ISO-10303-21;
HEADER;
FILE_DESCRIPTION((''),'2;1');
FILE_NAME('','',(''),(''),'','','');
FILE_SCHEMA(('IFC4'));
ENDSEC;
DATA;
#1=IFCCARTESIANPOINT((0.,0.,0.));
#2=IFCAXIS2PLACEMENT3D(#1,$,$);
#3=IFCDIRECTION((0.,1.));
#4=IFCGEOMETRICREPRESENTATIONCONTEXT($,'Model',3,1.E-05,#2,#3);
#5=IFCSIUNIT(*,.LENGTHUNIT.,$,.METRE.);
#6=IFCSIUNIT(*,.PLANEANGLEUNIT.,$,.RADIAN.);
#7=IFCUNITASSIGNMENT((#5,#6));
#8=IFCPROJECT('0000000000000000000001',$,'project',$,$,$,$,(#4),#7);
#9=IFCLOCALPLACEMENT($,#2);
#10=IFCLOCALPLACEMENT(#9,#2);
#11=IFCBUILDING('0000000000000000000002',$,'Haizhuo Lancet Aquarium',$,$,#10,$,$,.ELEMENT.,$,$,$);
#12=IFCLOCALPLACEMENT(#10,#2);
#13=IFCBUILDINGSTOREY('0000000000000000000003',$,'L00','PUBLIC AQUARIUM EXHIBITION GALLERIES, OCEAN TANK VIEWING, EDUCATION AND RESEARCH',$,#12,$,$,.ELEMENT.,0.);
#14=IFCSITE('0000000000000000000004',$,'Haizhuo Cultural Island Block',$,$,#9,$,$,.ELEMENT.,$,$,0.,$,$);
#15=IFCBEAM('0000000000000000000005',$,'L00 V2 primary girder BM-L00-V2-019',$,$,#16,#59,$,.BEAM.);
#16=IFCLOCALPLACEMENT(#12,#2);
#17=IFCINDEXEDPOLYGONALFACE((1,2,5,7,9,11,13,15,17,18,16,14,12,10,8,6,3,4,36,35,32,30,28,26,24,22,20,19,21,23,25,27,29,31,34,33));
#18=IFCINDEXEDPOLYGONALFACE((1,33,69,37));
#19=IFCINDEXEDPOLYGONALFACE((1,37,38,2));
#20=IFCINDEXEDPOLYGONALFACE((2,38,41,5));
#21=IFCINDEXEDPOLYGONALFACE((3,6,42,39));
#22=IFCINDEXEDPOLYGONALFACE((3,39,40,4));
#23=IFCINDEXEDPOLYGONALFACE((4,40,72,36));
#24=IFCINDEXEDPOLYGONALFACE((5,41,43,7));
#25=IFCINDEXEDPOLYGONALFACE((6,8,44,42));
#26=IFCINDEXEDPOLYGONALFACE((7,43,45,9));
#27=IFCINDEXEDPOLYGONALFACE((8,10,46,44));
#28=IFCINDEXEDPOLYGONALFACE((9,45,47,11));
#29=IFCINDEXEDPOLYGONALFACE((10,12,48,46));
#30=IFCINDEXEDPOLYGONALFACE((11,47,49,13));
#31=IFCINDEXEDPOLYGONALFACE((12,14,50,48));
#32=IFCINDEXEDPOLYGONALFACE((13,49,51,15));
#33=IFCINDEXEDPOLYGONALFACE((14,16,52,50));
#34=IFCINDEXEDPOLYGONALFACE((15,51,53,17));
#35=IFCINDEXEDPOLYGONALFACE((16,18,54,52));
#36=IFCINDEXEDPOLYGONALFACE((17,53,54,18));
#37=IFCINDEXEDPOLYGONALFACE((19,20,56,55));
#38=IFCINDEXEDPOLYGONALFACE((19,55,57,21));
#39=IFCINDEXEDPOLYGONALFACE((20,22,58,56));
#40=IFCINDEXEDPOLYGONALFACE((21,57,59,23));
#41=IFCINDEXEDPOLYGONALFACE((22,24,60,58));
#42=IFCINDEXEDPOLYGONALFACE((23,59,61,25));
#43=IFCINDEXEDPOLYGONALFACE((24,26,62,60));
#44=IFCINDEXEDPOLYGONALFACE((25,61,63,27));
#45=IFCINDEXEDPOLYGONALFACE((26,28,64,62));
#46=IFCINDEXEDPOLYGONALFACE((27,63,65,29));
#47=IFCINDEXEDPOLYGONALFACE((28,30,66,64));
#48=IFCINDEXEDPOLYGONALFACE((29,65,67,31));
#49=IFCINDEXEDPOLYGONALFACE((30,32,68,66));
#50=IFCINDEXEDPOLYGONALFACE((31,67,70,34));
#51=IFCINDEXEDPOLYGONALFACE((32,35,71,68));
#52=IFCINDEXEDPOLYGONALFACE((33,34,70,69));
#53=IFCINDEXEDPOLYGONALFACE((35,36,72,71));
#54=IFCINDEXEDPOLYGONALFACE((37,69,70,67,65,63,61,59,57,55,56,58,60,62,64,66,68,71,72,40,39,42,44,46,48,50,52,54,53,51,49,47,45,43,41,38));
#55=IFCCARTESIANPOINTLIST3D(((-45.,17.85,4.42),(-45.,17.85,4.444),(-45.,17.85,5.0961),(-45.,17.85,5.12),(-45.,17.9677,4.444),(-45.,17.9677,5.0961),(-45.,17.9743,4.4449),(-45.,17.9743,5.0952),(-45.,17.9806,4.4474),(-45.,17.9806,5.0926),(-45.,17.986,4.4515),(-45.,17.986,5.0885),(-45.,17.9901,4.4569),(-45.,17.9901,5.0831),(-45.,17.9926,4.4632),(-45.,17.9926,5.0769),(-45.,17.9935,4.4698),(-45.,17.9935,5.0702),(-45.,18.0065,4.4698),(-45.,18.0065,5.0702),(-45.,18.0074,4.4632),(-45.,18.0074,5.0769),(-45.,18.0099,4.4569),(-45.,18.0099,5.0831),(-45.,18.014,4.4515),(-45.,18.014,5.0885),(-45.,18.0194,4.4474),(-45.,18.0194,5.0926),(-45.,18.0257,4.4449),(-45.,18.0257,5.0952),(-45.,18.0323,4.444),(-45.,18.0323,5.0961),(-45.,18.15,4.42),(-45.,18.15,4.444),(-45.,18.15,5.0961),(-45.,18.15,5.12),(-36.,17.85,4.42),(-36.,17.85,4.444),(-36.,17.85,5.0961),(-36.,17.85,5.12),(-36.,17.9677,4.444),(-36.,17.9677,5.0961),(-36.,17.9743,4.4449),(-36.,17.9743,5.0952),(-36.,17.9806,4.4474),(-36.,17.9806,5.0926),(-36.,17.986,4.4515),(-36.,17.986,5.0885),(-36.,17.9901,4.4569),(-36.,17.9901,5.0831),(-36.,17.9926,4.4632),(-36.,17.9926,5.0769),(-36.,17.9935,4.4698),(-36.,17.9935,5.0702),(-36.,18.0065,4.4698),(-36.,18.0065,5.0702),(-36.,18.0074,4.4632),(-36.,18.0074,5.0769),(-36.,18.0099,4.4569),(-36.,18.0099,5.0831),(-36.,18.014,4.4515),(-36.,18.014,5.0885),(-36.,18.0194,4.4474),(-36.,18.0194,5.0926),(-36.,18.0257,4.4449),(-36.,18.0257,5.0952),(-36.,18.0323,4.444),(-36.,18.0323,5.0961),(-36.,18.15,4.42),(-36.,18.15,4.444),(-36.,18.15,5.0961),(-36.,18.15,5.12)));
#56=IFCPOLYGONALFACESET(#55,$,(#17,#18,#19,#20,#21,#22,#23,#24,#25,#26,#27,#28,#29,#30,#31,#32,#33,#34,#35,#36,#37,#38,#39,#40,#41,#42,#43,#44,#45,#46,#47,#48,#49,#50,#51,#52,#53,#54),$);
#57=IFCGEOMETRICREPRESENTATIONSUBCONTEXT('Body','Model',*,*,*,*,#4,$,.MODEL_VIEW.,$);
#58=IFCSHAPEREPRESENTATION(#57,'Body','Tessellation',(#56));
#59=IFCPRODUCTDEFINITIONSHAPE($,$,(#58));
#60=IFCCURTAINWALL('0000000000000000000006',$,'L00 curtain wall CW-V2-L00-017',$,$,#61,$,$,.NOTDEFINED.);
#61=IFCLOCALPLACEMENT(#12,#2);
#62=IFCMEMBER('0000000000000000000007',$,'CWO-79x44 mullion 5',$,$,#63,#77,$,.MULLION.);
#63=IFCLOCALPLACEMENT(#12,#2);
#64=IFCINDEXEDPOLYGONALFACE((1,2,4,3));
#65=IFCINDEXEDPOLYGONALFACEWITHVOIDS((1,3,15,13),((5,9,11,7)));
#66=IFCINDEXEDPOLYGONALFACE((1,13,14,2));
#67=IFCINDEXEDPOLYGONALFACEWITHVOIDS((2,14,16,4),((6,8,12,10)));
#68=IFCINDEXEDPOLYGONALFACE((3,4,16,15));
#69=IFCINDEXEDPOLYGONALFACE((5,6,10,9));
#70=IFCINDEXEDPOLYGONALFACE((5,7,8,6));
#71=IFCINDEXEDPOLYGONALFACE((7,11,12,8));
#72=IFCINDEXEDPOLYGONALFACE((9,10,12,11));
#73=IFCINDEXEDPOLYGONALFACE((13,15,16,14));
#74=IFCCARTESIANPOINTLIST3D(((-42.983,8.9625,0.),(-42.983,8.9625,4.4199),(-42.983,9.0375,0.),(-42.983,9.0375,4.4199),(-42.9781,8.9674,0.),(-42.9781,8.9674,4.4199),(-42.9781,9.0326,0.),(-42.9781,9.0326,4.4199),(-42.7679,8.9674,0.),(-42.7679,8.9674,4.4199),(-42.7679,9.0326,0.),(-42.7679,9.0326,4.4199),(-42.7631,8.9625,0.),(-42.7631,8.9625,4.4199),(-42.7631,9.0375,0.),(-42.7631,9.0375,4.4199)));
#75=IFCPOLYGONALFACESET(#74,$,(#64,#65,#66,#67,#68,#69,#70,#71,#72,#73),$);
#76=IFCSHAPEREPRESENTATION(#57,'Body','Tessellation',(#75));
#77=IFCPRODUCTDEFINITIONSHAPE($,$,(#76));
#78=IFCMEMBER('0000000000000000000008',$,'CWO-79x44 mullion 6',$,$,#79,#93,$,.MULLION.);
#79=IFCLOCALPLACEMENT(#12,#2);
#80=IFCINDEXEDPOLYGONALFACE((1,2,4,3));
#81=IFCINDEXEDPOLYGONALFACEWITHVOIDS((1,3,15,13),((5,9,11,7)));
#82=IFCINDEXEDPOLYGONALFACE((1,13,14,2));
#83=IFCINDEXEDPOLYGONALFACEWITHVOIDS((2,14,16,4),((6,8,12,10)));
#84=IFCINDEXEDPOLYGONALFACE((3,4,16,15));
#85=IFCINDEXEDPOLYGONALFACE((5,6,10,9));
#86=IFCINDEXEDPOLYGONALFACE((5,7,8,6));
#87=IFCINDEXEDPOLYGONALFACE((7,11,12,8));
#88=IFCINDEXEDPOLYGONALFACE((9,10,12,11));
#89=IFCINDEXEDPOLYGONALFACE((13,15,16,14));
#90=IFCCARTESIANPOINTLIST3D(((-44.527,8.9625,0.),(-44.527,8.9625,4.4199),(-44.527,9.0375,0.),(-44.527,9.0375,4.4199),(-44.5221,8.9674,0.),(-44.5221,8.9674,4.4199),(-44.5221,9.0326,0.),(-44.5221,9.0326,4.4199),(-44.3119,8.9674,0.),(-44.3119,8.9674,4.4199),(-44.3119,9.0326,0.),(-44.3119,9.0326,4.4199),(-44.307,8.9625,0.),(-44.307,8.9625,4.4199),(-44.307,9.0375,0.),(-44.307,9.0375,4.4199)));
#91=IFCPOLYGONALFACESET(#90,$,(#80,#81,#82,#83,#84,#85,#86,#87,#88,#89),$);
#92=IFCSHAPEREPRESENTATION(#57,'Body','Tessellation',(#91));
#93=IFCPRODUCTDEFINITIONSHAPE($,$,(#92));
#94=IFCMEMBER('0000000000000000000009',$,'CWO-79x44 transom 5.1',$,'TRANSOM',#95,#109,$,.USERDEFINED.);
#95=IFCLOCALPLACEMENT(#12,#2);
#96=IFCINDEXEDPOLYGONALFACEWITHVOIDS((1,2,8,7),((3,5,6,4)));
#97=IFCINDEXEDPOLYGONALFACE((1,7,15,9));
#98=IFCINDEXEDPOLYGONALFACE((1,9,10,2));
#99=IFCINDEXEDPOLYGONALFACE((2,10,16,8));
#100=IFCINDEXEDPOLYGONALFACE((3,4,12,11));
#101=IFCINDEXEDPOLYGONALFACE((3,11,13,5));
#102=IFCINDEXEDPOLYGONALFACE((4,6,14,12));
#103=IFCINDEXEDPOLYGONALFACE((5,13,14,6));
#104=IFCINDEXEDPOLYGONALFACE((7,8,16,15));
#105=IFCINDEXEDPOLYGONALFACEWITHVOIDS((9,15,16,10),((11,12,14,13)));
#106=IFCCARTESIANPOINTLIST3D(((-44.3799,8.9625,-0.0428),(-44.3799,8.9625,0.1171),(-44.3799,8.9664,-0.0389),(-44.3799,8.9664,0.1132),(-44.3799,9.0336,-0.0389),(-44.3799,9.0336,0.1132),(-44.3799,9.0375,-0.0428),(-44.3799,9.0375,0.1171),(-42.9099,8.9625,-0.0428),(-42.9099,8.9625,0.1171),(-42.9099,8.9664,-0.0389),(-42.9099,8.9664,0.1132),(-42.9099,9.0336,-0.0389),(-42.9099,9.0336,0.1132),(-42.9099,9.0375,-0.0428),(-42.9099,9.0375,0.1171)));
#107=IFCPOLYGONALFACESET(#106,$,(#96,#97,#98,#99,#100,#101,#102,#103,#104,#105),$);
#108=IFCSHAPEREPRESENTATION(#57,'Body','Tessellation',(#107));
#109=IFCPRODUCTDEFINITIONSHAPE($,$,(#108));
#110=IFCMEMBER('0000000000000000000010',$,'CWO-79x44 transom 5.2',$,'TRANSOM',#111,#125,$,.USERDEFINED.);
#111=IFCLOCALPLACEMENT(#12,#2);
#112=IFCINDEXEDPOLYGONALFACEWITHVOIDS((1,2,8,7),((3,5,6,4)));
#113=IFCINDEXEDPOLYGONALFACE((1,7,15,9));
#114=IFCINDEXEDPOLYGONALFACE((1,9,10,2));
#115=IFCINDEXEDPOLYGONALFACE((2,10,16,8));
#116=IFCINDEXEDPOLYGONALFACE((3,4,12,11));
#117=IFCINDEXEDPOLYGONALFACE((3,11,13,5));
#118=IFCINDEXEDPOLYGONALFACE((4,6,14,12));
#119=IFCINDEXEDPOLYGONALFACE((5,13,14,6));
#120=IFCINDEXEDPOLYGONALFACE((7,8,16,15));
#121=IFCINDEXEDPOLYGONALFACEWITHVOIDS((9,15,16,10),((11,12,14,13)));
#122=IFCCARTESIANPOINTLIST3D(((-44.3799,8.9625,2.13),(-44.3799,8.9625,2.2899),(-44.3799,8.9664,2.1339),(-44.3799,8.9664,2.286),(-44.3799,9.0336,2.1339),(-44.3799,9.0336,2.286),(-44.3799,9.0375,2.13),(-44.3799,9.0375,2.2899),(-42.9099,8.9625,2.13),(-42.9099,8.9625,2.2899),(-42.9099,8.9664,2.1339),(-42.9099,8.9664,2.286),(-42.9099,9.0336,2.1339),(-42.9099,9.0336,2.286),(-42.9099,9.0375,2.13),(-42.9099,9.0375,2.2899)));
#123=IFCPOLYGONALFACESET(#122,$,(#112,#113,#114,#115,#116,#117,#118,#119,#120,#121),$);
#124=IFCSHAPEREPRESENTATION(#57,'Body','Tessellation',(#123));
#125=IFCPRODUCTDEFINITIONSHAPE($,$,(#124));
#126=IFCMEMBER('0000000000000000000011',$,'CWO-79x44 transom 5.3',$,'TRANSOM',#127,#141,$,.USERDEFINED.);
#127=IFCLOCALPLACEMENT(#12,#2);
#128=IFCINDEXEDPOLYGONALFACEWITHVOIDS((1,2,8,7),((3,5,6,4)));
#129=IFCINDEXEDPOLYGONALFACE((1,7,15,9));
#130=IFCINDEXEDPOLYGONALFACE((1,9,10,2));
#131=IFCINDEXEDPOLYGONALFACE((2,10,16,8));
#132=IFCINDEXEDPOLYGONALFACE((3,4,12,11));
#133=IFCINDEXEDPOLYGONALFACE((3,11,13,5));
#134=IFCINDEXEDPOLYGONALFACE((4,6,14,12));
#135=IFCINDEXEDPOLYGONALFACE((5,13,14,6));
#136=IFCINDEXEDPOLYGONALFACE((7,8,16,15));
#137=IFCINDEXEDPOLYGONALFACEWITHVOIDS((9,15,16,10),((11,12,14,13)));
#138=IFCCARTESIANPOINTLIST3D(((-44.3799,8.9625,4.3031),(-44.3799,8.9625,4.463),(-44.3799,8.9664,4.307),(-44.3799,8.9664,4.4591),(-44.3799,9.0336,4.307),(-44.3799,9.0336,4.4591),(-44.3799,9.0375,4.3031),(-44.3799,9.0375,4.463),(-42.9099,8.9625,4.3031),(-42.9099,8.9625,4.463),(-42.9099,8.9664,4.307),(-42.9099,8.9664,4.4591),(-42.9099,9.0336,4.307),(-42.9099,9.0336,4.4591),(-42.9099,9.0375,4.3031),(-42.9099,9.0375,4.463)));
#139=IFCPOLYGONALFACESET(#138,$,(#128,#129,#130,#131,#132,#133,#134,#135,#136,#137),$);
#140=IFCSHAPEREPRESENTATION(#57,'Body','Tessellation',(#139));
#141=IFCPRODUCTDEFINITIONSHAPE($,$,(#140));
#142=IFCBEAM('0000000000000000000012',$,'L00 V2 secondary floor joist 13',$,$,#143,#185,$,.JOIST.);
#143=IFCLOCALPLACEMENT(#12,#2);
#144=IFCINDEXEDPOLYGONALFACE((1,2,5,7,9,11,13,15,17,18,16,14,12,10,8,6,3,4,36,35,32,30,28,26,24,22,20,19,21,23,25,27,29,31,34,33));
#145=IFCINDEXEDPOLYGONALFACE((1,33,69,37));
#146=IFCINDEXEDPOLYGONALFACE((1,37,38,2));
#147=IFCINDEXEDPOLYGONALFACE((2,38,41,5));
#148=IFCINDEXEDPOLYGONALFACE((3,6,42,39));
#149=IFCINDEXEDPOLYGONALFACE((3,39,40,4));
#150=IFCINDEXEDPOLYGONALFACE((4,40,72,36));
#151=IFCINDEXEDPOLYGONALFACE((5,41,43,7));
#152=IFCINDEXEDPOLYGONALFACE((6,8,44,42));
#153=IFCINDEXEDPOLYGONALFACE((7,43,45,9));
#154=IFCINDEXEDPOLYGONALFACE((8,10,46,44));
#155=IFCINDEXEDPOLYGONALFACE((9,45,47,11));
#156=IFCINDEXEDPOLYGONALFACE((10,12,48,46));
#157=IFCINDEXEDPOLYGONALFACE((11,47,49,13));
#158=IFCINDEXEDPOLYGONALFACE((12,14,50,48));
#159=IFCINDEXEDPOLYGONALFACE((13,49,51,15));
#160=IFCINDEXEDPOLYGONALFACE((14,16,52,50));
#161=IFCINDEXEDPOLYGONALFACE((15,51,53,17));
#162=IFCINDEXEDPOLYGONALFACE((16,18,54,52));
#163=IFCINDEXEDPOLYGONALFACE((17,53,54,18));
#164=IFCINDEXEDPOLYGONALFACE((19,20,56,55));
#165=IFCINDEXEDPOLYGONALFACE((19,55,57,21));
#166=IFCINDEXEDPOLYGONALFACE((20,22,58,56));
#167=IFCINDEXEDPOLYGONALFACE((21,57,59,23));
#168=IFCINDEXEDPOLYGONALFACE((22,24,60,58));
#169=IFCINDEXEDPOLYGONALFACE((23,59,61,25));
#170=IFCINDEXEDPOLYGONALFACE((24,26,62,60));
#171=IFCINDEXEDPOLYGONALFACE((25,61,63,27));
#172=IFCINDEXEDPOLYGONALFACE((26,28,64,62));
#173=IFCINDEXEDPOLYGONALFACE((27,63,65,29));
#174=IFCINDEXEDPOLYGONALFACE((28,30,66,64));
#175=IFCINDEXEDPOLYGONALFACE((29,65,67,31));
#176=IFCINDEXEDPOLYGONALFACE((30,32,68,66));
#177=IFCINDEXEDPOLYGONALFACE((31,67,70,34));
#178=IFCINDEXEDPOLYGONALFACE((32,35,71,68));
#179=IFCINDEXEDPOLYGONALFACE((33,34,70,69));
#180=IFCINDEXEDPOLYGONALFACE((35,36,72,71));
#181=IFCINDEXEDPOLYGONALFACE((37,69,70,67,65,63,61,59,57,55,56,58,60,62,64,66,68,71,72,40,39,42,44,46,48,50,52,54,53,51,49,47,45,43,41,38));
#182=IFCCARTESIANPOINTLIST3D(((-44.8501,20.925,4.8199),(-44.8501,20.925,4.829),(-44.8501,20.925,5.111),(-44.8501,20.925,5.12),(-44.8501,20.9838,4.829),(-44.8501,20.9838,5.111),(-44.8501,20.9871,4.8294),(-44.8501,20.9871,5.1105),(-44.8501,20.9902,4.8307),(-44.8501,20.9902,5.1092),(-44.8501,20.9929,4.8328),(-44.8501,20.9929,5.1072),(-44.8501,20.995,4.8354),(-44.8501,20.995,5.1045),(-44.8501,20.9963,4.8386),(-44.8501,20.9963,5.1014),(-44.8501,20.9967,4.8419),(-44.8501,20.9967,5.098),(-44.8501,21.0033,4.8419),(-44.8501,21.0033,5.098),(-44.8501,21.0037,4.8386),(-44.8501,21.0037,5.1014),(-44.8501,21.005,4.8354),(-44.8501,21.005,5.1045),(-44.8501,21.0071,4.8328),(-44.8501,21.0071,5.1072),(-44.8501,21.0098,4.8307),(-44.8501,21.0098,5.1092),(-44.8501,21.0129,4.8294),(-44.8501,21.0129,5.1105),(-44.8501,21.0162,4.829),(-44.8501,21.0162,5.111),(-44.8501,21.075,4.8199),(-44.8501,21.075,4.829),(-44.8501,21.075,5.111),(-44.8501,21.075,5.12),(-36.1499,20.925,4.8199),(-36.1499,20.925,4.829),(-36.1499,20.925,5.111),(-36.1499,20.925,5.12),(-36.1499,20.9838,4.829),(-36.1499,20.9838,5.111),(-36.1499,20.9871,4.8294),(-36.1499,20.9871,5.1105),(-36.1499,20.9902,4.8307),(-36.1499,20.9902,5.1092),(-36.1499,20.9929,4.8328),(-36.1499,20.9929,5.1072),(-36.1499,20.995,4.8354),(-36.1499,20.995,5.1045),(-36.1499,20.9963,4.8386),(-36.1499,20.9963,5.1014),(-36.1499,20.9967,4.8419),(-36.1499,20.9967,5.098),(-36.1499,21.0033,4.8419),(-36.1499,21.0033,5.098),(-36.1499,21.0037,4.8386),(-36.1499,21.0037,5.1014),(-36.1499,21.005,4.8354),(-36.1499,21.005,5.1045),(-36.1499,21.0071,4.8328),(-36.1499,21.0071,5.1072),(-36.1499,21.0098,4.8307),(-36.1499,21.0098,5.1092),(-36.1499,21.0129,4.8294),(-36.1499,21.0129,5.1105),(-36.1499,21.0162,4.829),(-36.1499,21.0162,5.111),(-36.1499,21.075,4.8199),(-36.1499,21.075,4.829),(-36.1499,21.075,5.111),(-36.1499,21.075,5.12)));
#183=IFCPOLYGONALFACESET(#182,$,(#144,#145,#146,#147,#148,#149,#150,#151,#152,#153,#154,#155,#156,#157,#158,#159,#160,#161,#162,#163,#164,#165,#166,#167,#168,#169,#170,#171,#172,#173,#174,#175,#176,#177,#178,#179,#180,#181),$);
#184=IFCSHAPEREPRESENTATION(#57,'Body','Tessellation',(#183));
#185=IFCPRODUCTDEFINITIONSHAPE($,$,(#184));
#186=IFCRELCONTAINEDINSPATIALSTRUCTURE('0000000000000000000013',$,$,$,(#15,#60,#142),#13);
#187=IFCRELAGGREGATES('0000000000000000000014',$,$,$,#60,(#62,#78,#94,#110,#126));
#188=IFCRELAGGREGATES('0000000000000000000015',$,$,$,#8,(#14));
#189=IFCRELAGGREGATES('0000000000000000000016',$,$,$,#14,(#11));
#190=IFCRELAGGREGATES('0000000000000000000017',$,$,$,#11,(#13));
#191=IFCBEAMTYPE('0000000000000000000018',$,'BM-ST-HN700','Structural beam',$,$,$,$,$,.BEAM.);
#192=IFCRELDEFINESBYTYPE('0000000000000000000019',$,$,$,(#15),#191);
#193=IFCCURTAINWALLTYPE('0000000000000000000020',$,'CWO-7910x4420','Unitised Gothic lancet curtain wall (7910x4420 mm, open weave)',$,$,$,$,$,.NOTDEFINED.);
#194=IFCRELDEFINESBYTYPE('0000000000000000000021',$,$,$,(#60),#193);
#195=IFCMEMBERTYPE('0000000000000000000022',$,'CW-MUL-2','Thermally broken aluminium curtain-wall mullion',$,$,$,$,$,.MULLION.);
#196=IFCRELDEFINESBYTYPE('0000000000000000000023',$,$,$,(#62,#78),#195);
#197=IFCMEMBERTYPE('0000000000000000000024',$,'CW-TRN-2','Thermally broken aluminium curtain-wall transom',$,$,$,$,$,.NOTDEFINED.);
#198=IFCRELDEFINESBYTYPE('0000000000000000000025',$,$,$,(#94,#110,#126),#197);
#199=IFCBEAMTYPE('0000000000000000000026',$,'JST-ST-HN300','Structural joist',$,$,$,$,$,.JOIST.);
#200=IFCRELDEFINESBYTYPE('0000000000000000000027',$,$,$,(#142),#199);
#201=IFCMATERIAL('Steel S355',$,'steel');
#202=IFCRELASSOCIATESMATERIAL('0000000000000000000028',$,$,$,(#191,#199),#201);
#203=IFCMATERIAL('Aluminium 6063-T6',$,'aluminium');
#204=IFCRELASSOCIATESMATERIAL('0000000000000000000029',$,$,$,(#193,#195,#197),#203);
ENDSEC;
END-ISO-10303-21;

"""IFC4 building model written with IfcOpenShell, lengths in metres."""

from ifc_helpers import new_model, si_unit, direction, frame, origin, origin_2d, place, context, subcontext, project, spatial, hollow_rectangle, i_section, extrude, material, material_profile, profile_set, type_object, element, aggregate, save


model = new_model("IFC4")

# Units and contexts
model_context = context("Model", 3, precision=1e-05, world=origin(), true_north=direction((0.0, 1.0)))
body_context = subcontext(model_context, "Body", "Model", "MODEL_VIEW")
ifc_project = project(units=[si_unit("LENGTHUNIT", "METRE"), si_unit("PLANEANGLEUNIT", "RADIAN")], contexts=[model_context])

# Site, building, storey
site_placement = place(None, origin())
site = spatial("IfcSite", under=ifc_project, at=site_placement, Name="Haizhuo Cultural Island Block", CompositionType="ELEMENT", RefElevation=0.0)
building_placement = place(site_placement, origin())
building = spatial("IfcBuilding", under=site, at=building_placement, Name="Haizhuo Lancet Aquarium", CompositionType="ELEMENT")
storey_placement = place(building_placement, origin())
storey = spatial("IfcBuildingStorey", under=building, at=storey_placement, Name="L00", Description="PUBLIC AQUARIUM EXHIBITION GALLERIES, OCEAN TANK VIEWING, EDUCATION AND RESEARCH", CompositionType="ELEMENT", Elevation=0.0)

# Beam
ifc_material_1 = material(Name="Steel S355", Category="steel")
ifc_material_profile_1 = material_profile(ifc_material_1, i_section(OverallWidth=0.3, OverallDepth=0.7, WebThickness=0.0129, FlangeThickness=0.0239, FilletRadius=0.0259, at=origin_2d()), Name="HN 700x300x13x24")
ifc_profile_set_1 = profile_set([ifc_material_profile_1], Name="Steel S355")
beam_type_1 = type_object("IfcBeamType", Name="BM-ST-HN700", Description="Structural beam", PredefinedType="BEAM", material=ifc_profile_set_1)
for number, where, z_axis, x_axis, name in (
    (1, (-45.0, 18.0, 4.77), (1.0, 0.0, 0.0), (0.0, 1.0, 0.0), "L00 V2 primary girder BM-L00-V2-019"),
):
    element("IfcBeam", number, at=place(storey_placement, frame(where, z_axis=z_axis, x_axis=x_axis)), inside=storey, type_object=beam_type_1, Name=name, PredefinedType="BEAM", context=body_context, shape_type="SweptSolid", body=[
        extrude(i_section(OverallWidth=0.3, OverallDepth=0.7, WebThickness=0.0129, FlangeThickness=0.0239, FilletRadius=0.0259, at=origin_2d()), origin(), (0.0, 0.0, 1.0), 9.0),
    ])

# Curtain wall, members
ifc_material_2 = material(Name="Aluminium 6063-T6", Category="aluminium")
curtain_wall_type = type_object("IfcCurtainWallType", Name="CWO-7910x4420", Description="Unitised Gothic lancet curtain wall (7910x4420 mm, open weave)", PredefinedType="NOTDEFINED", material=ifc_material_2)
curtain_wall_placement = place(storey_placement, origin())
curtain_wall = element("IfcCurtainWall", 2, at=curtain_wall_placement, inside=storey, type_object=curtain_wall_type, Name="L00 curtain wall CW-V2-L00-017", PredefinedType="NOTDEFINED")
ifc_material_profile_2 = material_profile(ifc_material_2, hollow_rectangle(XDim=0.075, YDim=0.22, WallThickness=0.0049, at=origin_2d()), Name="ALU-M 75x220x5")
ifc_profile_set_2 = profile_set([ifc_material_profile_2], Name="Aluminium 6063-T6")
member_type_1 = type_object("IfcMemberType", Name="CW-MUL-2", Description="Thermally broken aluminium curtain-wall mullion", PredefinedType="MULLION", material=ifc_profile_set_2)
member_1_placement = place(storey_placement, frame((-42.873, 9.0, 0.0), z_axis=(0.0, 0.0, 1.0), x_axis=(0.0, -1.0, 0.0)))
member_1 = element("IfcMember", 3, at=member_1_placement, type_object=member_type_1, Name="CWO-79x44 mullion 5", PredefinedType="MULLION", context=body_context, shape_type="SweptSolid", body=[
    extrude(hollow_rectangle(XDim=0.075, YDim=0.22, WallThickness=0.0049, at=origin_2d()), origin(), (0.0, 0.0, 1.0), 4.4199),
])
member_2_placement = place(storey_placement, frame((-44.417, 9.0, 0.0), z_axis=(0.0, 0.0, 1.0), x_axis=(0.0, -1.0, 0.0)))
member_2 = element("IfcMember", 4, at=member_2_placement, type_object=member_type_1, Name="CWO-79x44 mullion 6", PredefinedType="MULLION", context=body_context, shape_type="SweptSolid", body=[
    extrude(hollow_rectangle(XDim=0.075, YDim=0.22, WallThickness=0.0049, at=origin_2d()), origin(), (0.0, 0.0, 1.0), 4.4199),
])
ifc_material_profile_3 = material_profile(ifc_material_2, hollow_rectangle(XDim=0.075, YDim=0.1599, WallThickness=0.0039, at=origin_2d()), Name="ALU-T 75x160x4")
ifc_profile_set_3 = profile_set([ifc_material_profile_3], Name="Aluminium 6063-T6")
member_type_2 = type_object("IfcMemberType", Name="CW-TRN-2", Description="Thermally broken aluminium curtain-wall transom", PredefinedType="NOTDEFINED", material=ifc_profile_set_3)
member_3_placement = place(storey_placement, frame((-42.9099, 9.0, 0.0371), z_axis=(-1.0, 0.0, 0.0), x_axis=(0.0, -1.0, 0.0)))
member_3 = element("IfcMember", 5, at=member_3_placement, type_object=member_type_2, Name="CWO-79x44 transom 5.1", ObjectType="TRANSOM", PredefinedType="USERDEFINED", context=body_context, shape_type="SweptSolid", body=[
    extrude(hollow_rectangle(XDim=0.075, YDim=0.1599, WallThickness=0.0039, at=origin_2d()), origin(), (0.0, 0.0, 1.0), 1.47),
])
member_4_placement = place(storey_placement, frame((-42.9099, 9.0, 2.21), z_axis=(-1.0, 0.0, 0.0), x_axis=(0.0, -1.0, 0.0)))
member_4 = element("IfcMember", 6, at=member_4_placement, type_object=member_type_2, Name="CWO-79x44 transom 5.2", ObjectType="TRANSOM", PredefinedType="USERDEFINED", context=body_context, shape_type="SweptSolid", body=[
    extrude(hollow_rectangle(XDim=0.075, YDim=0.1599, WallThickness=0.0039, at=origin_2d()), origin(), (0.0, 0.0, 1.0), 1.47),
])
member_5_placement = place(storey_placement, frame((-42.9099, 9.0, 4.3831), z_axis=(-1.0, 0.0, 0.0), x_axis=(0.0, -1.0, 0.0)))
member_5 = element("IfcMember", 7, at=member_5_placement, type_object=member_type_2, Name="CWO-79x44 transom 5.3", ObjectType="TRANSOM", PredefinedType="USERDEFINED", context=body_context, shape_type="SweptSolid", body=[
    extrude(hollow_rectangle(XDim=0.075, YDim=0.1599, WallThickness=0.0039, at=origin_2d()), origin(), (0.0, 0.0, 1.0), 1.47),
])

# Beam
ifc_material_profile_4 = material_profile(ifc_material_1, i_section(OverallWidth=0.1499, OverallDepth=0.3, WebThickness=0.0066, FlangeThickness=0.009, FilletRadius=0.0129, at=origin_2d()), Name="HN 300x150x6.5x9")
ifc_profile_set_4 = profile_set([ifc_material_profile_4], Name="Steel S355")
beam_type_2 = type_object("IfcBeamType", Name="JST-ST-HN300", Description="Structural joist", PredefinedType="JOIST", material=ifc_profile_set_4)
beam_1_placement = place(storey_placement, frame((-44.8501, 21.0, 4.97), z_axis=(1.0, 0.0, 0.0), x_axis=(0.0, 1.0, 0.0)))
element("IfcBeam", 8, at=beam_1_placement, inside=storey, type_object=beam_type_2, Name="L00 V2 secondary floor joist 13", PredefinedType="JOIST", context=body_context, shape_type="SweptSolid", body=[
    extrude(i_section(OverallWidth=0.1499, OverallDepth=0.3, WebThickness=0.0066, FlangeThickness=0.009, FilletRadius=0.0129, at=origin_2d()), origin(), (0.0, 0.0, 1.0), 8.7002),
])

aggregate(curtain_wall, [member_1, member_2, member_3, member_4, member_5])

save(model, "model.ifc")
